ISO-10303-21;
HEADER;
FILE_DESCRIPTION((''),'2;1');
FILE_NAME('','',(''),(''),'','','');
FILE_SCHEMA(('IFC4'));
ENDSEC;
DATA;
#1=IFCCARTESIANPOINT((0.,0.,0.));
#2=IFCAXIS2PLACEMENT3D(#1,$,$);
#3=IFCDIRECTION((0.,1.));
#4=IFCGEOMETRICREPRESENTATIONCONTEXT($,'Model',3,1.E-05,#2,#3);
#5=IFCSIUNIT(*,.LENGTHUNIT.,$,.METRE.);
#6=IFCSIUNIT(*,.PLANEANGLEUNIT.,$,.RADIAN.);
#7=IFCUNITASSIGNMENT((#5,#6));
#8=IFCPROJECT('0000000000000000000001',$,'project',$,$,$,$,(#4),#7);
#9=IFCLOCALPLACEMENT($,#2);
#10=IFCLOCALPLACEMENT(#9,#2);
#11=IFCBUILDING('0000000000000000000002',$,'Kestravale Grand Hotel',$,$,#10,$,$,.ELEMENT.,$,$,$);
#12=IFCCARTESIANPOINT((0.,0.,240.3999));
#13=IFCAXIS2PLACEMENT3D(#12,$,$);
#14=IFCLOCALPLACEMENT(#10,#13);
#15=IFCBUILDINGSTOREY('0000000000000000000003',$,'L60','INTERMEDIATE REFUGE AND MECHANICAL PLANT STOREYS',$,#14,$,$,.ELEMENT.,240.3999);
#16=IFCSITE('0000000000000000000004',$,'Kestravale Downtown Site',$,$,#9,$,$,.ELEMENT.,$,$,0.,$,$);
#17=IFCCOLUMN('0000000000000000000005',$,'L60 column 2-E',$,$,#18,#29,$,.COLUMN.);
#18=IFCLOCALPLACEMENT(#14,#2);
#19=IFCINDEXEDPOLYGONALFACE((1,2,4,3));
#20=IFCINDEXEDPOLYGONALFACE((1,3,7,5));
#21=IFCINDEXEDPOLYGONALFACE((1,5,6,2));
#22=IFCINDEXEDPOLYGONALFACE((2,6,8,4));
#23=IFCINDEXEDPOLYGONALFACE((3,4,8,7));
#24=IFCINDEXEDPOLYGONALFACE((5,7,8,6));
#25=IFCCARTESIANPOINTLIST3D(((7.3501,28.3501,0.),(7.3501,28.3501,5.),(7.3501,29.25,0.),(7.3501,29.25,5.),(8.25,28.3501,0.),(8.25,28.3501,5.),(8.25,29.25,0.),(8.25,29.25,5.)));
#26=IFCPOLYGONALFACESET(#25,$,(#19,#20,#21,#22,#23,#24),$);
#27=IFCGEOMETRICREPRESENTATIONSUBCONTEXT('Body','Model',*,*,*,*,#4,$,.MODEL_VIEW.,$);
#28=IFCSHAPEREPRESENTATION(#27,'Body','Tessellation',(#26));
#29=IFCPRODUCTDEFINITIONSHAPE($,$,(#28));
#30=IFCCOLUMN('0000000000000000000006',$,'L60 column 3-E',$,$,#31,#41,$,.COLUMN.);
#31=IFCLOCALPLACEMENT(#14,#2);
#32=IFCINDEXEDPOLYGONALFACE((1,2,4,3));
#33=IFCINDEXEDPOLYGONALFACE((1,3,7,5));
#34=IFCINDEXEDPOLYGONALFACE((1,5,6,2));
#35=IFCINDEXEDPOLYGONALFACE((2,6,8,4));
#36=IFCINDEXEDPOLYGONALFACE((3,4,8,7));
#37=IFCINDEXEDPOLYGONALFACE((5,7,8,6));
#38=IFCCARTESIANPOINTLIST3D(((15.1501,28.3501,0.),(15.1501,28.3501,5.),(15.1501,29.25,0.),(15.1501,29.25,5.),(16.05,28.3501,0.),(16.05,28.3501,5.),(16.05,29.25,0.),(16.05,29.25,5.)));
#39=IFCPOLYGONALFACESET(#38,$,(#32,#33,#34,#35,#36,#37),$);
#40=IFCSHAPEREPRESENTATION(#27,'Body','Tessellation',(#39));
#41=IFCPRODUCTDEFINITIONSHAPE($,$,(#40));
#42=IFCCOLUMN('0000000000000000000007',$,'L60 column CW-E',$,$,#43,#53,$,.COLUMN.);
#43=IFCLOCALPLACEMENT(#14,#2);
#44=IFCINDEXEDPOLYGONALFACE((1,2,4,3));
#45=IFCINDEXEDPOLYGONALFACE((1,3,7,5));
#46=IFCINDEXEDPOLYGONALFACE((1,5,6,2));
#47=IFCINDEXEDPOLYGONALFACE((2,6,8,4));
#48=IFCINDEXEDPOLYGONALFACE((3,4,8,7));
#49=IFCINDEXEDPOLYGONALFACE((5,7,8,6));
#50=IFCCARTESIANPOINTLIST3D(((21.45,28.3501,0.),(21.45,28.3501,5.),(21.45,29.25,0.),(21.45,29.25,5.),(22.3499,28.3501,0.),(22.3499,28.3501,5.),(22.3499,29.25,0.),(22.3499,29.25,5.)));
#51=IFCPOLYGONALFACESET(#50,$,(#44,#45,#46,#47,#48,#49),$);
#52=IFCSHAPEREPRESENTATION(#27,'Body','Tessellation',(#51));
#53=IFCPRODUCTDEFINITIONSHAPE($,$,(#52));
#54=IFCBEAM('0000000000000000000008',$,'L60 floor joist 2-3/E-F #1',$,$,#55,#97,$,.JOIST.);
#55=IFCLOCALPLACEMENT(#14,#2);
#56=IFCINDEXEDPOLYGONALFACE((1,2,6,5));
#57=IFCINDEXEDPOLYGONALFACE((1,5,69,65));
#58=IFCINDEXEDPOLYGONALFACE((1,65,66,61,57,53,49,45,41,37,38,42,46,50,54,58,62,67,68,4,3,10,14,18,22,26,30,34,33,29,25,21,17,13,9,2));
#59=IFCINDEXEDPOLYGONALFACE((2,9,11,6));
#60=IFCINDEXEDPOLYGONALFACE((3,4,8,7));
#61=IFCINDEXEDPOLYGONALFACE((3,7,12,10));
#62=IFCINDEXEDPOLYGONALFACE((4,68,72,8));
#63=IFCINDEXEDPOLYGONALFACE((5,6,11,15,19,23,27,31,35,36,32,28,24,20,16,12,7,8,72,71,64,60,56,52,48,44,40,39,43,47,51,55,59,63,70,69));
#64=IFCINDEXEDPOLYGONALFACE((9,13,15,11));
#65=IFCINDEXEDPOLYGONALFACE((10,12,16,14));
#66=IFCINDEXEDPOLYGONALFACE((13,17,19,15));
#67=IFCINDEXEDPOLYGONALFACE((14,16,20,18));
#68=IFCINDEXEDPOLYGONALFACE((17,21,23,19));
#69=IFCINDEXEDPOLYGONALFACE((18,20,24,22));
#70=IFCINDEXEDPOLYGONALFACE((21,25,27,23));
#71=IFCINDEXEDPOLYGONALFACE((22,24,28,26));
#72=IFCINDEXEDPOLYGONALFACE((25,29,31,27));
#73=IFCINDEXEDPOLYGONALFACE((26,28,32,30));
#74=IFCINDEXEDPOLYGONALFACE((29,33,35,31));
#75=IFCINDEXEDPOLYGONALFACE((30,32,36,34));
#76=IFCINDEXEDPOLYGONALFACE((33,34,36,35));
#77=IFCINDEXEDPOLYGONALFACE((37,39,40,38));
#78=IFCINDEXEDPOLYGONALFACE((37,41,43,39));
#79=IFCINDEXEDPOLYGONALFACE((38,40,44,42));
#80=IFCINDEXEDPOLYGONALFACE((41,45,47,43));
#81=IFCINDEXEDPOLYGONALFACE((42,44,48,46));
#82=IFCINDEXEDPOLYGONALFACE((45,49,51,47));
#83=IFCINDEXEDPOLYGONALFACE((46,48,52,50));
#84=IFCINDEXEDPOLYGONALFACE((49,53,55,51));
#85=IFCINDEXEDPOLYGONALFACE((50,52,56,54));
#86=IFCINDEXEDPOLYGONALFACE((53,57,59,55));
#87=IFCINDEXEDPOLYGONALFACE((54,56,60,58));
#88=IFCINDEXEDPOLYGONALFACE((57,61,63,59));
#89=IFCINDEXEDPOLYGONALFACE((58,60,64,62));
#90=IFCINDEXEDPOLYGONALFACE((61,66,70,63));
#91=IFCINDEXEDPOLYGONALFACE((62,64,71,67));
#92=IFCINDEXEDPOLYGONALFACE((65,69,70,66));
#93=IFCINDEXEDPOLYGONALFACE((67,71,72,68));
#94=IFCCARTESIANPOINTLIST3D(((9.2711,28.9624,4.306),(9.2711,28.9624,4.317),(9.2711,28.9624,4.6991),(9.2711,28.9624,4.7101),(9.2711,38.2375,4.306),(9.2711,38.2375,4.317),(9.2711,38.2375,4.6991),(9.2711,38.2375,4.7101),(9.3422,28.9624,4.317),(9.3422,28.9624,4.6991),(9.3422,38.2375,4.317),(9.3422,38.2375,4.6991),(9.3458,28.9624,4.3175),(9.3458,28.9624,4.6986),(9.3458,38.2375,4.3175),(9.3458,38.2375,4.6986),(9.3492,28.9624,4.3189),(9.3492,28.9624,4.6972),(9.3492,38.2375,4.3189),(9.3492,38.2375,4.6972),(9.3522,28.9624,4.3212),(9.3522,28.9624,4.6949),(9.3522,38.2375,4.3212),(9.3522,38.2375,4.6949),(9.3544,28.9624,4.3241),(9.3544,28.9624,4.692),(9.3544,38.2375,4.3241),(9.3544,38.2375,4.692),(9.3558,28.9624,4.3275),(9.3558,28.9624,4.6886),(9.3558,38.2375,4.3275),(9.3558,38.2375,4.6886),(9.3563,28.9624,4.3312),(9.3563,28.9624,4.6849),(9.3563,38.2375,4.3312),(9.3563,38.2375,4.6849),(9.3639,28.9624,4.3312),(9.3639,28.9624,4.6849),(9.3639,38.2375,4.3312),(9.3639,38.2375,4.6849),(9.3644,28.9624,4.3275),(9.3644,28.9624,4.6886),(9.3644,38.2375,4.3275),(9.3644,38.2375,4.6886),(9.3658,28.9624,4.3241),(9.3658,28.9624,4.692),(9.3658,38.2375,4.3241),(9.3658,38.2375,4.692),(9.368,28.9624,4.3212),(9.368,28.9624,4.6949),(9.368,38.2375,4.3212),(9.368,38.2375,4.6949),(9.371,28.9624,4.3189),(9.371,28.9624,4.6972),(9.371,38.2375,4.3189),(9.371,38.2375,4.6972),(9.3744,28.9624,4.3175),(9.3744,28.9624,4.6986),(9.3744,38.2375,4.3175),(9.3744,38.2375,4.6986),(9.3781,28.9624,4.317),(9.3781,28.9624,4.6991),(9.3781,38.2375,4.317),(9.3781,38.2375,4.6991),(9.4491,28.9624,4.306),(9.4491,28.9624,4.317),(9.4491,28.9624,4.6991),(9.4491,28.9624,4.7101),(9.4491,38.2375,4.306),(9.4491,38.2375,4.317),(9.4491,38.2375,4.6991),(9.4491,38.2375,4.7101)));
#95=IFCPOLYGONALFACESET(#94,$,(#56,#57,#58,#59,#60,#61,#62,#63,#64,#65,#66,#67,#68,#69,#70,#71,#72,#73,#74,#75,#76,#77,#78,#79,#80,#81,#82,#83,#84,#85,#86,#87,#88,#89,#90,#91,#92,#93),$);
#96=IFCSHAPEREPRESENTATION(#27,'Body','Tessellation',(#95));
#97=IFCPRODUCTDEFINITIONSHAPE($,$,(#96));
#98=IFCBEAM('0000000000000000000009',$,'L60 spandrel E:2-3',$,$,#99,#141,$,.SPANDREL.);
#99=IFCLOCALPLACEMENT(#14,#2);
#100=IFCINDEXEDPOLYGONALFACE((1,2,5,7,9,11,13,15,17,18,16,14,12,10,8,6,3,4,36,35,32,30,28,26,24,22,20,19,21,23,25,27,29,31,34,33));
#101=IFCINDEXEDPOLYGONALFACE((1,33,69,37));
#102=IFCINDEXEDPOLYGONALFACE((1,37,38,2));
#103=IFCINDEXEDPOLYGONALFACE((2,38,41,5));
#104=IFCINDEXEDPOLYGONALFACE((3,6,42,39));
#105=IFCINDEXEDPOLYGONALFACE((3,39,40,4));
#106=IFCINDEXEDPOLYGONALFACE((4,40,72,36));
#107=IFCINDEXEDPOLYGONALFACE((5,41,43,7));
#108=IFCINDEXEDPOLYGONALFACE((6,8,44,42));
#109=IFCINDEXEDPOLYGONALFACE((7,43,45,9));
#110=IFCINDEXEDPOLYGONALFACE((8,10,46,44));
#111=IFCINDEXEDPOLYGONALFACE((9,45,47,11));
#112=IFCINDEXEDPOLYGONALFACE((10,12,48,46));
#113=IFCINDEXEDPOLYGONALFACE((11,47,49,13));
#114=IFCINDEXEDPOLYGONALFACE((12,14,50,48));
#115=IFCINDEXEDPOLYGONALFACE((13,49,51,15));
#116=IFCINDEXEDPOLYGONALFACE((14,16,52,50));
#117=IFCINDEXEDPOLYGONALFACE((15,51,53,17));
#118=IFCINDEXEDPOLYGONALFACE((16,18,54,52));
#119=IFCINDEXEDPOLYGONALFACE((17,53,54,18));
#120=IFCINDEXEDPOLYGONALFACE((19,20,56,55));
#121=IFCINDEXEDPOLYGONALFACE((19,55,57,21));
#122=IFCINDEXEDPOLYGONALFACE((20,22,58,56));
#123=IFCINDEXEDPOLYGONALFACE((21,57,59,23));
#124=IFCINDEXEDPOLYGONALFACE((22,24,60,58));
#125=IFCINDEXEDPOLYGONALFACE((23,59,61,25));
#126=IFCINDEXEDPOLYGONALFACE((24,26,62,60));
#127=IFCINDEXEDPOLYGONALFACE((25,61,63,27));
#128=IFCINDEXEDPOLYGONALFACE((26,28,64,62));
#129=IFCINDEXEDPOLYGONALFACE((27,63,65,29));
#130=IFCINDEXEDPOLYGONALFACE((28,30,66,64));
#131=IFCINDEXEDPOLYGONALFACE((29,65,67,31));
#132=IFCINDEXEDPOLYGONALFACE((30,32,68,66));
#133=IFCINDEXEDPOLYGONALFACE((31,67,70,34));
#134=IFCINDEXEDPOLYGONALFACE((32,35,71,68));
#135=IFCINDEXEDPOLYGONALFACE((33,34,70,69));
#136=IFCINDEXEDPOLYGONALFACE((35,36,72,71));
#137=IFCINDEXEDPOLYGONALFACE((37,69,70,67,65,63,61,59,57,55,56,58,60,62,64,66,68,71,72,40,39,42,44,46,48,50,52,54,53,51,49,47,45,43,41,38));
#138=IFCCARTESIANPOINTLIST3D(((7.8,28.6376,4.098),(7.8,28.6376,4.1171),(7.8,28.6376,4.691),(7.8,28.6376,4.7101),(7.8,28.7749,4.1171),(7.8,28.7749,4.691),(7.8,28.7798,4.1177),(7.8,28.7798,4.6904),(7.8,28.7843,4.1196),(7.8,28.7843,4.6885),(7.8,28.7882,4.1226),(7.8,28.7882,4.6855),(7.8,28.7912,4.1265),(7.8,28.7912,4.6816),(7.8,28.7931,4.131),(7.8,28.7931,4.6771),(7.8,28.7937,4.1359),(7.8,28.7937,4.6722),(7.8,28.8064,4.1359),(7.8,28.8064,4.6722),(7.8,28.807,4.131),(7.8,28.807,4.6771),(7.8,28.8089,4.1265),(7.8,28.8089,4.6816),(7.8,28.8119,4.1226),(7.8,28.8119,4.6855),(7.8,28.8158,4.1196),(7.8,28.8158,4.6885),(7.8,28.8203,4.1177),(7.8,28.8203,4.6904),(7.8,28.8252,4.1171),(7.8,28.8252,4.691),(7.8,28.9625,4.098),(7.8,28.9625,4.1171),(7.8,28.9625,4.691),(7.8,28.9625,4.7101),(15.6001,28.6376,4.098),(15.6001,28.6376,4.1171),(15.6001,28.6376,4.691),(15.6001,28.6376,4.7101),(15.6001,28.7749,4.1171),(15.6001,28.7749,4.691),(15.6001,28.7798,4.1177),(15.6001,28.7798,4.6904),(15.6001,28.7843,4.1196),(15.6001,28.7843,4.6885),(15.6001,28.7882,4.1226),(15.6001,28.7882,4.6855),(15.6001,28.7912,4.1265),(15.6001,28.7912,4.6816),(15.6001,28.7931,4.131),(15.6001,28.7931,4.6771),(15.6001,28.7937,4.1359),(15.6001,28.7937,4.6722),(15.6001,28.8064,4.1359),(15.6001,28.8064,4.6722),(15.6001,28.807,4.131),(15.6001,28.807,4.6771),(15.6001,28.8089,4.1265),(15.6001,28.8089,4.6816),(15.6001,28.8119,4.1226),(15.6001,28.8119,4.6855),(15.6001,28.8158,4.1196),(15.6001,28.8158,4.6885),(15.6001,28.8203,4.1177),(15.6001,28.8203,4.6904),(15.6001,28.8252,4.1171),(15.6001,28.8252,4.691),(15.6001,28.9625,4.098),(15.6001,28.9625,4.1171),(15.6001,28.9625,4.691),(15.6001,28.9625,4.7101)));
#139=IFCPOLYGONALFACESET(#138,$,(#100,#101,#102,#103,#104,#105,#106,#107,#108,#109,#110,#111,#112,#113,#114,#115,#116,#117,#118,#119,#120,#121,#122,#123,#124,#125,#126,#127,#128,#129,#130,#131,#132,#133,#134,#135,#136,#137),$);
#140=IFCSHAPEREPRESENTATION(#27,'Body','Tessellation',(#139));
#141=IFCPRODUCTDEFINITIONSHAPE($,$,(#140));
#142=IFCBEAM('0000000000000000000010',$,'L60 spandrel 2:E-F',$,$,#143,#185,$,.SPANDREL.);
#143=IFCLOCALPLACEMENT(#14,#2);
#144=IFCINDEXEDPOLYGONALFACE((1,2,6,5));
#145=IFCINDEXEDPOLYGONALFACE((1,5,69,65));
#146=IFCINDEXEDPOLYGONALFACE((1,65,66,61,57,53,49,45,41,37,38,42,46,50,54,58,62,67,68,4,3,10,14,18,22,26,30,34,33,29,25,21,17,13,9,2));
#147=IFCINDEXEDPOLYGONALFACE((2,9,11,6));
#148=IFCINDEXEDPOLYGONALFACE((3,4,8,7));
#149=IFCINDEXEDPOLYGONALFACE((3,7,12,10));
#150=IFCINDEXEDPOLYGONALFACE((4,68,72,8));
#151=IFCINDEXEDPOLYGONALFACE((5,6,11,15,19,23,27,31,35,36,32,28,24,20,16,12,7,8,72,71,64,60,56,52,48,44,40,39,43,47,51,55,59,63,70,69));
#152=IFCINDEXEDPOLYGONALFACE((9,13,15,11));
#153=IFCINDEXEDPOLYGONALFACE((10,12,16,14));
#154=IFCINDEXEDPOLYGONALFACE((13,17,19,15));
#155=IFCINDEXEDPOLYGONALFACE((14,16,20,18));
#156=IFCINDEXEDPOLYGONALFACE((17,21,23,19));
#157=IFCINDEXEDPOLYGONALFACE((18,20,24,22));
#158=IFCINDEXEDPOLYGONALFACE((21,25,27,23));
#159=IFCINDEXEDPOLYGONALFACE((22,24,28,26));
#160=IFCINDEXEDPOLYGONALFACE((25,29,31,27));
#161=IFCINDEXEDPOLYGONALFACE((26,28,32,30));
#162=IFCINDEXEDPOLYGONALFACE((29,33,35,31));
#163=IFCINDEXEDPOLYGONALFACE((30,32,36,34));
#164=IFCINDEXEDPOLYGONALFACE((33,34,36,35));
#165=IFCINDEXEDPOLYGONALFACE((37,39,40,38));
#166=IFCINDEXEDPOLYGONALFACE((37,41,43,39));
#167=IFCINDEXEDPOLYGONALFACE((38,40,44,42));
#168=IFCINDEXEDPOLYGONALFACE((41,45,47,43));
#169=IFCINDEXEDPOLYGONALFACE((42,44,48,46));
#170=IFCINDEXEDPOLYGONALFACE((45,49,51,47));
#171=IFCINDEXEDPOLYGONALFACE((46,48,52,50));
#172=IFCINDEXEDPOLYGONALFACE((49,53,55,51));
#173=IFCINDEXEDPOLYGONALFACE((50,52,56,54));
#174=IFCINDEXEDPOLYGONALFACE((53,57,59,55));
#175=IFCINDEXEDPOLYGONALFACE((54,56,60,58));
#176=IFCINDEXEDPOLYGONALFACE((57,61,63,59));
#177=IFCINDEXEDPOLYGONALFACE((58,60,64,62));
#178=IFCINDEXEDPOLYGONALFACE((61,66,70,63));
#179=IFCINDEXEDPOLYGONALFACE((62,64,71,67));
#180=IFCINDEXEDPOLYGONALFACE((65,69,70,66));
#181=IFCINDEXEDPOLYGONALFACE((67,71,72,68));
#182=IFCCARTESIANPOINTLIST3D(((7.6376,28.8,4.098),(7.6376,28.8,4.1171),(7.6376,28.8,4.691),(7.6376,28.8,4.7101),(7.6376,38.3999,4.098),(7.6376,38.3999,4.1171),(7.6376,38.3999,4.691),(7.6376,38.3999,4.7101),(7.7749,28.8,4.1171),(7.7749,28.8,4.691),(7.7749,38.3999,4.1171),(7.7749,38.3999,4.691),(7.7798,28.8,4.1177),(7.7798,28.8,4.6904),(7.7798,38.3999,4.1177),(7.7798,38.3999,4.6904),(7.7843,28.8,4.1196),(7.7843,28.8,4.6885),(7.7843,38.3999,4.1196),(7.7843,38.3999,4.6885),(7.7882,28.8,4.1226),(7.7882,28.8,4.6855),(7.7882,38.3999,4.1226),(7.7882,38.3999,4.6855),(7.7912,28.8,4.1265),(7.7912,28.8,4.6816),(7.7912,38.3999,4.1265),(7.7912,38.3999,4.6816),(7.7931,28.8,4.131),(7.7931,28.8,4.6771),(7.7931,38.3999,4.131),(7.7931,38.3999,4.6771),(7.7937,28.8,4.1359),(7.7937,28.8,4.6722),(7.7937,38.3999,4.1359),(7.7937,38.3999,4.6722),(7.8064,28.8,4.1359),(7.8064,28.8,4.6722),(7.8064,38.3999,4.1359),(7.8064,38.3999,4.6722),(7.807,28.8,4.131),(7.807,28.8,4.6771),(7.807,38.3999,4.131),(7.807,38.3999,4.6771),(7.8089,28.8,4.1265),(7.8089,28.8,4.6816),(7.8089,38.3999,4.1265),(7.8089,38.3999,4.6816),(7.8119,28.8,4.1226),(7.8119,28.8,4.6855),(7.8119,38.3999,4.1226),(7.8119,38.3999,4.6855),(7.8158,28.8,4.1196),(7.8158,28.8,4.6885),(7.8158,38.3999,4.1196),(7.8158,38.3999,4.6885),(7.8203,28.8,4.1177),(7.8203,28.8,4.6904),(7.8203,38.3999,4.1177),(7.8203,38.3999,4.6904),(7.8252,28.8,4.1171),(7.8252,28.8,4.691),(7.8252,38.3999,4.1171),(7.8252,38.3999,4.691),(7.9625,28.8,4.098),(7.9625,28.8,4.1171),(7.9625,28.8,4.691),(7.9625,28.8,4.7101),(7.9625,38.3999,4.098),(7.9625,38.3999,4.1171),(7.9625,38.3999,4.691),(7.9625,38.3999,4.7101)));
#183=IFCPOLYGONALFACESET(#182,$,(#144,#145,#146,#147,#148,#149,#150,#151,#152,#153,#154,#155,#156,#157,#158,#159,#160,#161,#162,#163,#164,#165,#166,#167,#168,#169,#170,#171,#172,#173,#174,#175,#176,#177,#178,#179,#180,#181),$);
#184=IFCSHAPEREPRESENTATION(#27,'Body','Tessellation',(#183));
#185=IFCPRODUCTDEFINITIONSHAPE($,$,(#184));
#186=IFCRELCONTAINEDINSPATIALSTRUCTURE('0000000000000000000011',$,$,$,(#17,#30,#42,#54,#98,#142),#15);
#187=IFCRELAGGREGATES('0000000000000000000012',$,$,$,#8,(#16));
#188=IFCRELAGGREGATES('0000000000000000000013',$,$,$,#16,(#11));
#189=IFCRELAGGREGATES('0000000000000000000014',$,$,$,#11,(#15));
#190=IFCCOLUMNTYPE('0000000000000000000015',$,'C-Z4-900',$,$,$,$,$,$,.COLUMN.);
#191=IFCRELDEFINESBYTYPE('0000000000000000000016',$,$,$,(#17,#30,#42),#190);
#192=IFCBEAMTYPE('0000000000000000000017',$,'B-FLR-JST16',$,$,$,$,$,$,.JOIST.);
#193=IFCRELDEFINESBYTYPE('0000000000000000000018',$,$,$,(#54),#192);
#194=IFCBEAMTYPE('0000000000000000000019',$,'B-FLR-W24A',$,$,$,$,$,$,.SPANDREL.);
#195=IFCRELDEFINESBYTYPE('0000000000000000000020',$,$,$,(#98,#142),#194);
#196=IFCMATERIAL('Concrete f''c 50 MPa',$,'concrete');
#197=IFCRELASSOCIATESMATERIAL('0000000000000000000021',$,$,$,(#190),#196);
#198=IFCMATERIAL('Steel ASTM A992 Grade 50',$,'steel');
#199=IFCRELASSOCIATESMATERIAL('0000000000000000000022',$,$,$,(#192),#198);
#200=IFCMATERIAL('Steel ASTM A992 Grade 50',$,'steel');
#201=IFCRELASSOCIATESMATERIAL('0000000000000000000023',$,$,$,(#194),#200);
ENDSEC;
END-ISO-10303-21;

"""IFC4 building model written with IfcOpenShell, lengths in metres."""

from ifc_helpers import new_model, si_unit, direction, frame, origin, origin_2d, place, context, subcontext, project, spatial, rectangle, i_section, extrude, material, material_profile, profile_set, type_object, element, save


model = new_model("IFC4")

# Units and contexts
model_context = context("Model", 3, precision=1e-05, world=origin(), true_north=direction((0.0, 1.0)))
body_context = subcontext(model_context, "Body", "Model", "MODEL_VIEW")
ifc_project = project(units=[si_unit("LENGTHUNIT", "METRE"), si_unit("PLANEANGLEUNIT", "RADIAN")], contexts=[model_context])

# Site, building, storey
site_placement = place(None, origin())
site = spatial("IfcSite", under=ifc_project, at=site_placement, Name="Kestravale Downtown Site", CompositionType="ELEMENT", RefElevation=0.0)
building_placement = place(site_placement, origin())
building = spatial("IfcBuilding", under=site, at=building_placement, Name="Kestravale Grand Hotel", CompositionType="ELEMENT")
storey_placement = place(building_placement, frame((0.0, 0.0, 240.3999)))
storey = spatial("IfcBuildingStorey", under=building, at=storey_placement, Name="L60", Description="INTERMEDIATE REFUGE AND MECHANICAL PLANT STOREYS", CompositionType="ELEMENT", Elevation=240.3999)

# Columns
ifc_material_1 = material(Name="Concrete f'c 50 MPa", Category="concrete")
ifc_material_profile_1 = material_profile(ifc_material_1, rectangle(XDim=0.8999, YDim=0.8999, at=origin_2d()))
ifc_profile_set_1 = profile_set([ifc_material_profile_1], Name="Concrete f'c 50 MPa")
column_type = type_object("IfcColumnType", Name="C-Z4-900", PredefinedType="COLUMN", material=ifc_profile_set_1)
for number, where, z_axis, x_axis, name in (
    (1, (7.8, 28.8, 0.0), (0.0, 0.0, 1.0), (1.0, 0.0, 0.0), "L60 column 2-E"),
    (2, (15.6001, 28.8, 0.0), (0.0, 0.0, 1.0), (1.0, 0.0, 0.0), "L60 column 3-E"),
    (3, (21.8999, 28.8, 0.0), (0.0, 0.0, 1.0), (1.0, 0.0, 0.0), "L60 column CW-E"),
):
    element("IfcColumn", number, at=place(storey_placement, frame(where, z_axis=z_axis, x_axis=x_axis)), inside=storey, type_object=column_type, Name=name, PredefinedType="COLUMN", context=body_context, shape_type="SweptSolid", body=[
        extrude(rectangle(XDim=0.8999, YDim=0.8999, at=origin_2d()), origin(), (0.0, 0.0, 1.0), 5.0),
    ])

# Beams
ifc_material_2 = material(Name="Steel ASTM A992 Grade 50", Category="steel")
ifc_material_profile_2 = material_profile(ifc_material_2, i_section(OverallWidth=0.178, OverallDepth=0.4041, WebThickness=0.0076, FlangeThickness=0.011, FilletRadius=0.0142, at=origin_2d()))
ifc_profile_set_2 = profile_set([ifc_material_profile_2], Name="Steel ASTM A992 Grade 50")
beam_type_1 = type_object("IfcBeamType", Name="B-FLR-JST16", PredefinedType="JOIST", material=ifc_profile_set_2)
beam_1_placement = place(storey_placement, frame((9.3601, 28.9624, 4.5081), z_axis=(0.0, 1.0, 0.0), x_axis=(-1.0, 0.0, 0.0)))
element("IfcBeam", 4, at=beam_1_placement, inside=storey, type_object=beam_type_1, Name="L60 floor joist 2-3/E-F #1", PredefinedType="JOIST", context=body_context, shape_type="SweptSolid", body=[
    extrude(i_section(OverallWidth=0.178, OverallDepth=0.4041, WebThickness=0.0076, FlangeThickness=0.011, FilletRadius=0.0142, at=origin_2d()), origin(), (0.0, 0.0, 1.0), 9.2751),
])
ifc_material_3 = material(Name="Steel ASTM A992 Grade 50", Category="steel")
ifc_material_profile_3 = material_profile(ifc_material_3, i_section(OverallWidth=0.325, OverallDepth=0.6121, WebThickness=0.0127, FlangeThickness=0.019, FilletRadius=0.0188, at=origin_2d()))
ifc_profile_set_3 = profile_set([ifc_material_profile_3], Name="Steel ASTM A992 Grade 50")
beam_type_2 = type_object("IfcBeamType", Name="B-FLR-W24A", PredefinedType="SPANDREL", material=ifc_profile_set_3)
beam_2_placement = place(storey_placement, frame((7.8, 28.8, 4.4041), z_axis=(1.0, 0.0, 0.0), x_axis=(0.0, 1.0, 0.0)))
element("IfcBeam", 5, at=beam_2_placement, inside=storey, type_object=beam_type_2, Name="L60 spandrel E:2-3", PredefinedType="SPANDREL", context=body_context, shape_type="SweptSolid", body=[
    extrude(i_section(OverallWidth=0.325, OverallDepth=0.6121, WebThickness=0.0127, FlangeThickness=0.019, FilletRadius=0.0188, at=origin_2d()), origin(), (0.0, 0.0, 1.0), 7.8),
])
beam_3_placement = place(storey_placement, frame((7.8, 28.8, 4.4041), z_axis=(0.0, 1.0, 0.0), x_axis=(-1.0, 0.0, 0.0)))
element("IfcBeam", 6, at=beam_3_placement, inside=storey, type_object=beam_type_2, Name="L60 spandrel 2:E-F", PredefinedType="SPANDREL", context=body_context, shape_type="SweptSolid", body=[
    extrude(i_section(OverallWidth=0.325, OverallDepth=0.6121, WebThickness=0.0127, FlangeThickness=0.019, FilletRadius=0.0188, at=origin_2d()), origin(), (0.0, 0.0, 1.0), 9.5999),
])

save(model, "model.ifc")
